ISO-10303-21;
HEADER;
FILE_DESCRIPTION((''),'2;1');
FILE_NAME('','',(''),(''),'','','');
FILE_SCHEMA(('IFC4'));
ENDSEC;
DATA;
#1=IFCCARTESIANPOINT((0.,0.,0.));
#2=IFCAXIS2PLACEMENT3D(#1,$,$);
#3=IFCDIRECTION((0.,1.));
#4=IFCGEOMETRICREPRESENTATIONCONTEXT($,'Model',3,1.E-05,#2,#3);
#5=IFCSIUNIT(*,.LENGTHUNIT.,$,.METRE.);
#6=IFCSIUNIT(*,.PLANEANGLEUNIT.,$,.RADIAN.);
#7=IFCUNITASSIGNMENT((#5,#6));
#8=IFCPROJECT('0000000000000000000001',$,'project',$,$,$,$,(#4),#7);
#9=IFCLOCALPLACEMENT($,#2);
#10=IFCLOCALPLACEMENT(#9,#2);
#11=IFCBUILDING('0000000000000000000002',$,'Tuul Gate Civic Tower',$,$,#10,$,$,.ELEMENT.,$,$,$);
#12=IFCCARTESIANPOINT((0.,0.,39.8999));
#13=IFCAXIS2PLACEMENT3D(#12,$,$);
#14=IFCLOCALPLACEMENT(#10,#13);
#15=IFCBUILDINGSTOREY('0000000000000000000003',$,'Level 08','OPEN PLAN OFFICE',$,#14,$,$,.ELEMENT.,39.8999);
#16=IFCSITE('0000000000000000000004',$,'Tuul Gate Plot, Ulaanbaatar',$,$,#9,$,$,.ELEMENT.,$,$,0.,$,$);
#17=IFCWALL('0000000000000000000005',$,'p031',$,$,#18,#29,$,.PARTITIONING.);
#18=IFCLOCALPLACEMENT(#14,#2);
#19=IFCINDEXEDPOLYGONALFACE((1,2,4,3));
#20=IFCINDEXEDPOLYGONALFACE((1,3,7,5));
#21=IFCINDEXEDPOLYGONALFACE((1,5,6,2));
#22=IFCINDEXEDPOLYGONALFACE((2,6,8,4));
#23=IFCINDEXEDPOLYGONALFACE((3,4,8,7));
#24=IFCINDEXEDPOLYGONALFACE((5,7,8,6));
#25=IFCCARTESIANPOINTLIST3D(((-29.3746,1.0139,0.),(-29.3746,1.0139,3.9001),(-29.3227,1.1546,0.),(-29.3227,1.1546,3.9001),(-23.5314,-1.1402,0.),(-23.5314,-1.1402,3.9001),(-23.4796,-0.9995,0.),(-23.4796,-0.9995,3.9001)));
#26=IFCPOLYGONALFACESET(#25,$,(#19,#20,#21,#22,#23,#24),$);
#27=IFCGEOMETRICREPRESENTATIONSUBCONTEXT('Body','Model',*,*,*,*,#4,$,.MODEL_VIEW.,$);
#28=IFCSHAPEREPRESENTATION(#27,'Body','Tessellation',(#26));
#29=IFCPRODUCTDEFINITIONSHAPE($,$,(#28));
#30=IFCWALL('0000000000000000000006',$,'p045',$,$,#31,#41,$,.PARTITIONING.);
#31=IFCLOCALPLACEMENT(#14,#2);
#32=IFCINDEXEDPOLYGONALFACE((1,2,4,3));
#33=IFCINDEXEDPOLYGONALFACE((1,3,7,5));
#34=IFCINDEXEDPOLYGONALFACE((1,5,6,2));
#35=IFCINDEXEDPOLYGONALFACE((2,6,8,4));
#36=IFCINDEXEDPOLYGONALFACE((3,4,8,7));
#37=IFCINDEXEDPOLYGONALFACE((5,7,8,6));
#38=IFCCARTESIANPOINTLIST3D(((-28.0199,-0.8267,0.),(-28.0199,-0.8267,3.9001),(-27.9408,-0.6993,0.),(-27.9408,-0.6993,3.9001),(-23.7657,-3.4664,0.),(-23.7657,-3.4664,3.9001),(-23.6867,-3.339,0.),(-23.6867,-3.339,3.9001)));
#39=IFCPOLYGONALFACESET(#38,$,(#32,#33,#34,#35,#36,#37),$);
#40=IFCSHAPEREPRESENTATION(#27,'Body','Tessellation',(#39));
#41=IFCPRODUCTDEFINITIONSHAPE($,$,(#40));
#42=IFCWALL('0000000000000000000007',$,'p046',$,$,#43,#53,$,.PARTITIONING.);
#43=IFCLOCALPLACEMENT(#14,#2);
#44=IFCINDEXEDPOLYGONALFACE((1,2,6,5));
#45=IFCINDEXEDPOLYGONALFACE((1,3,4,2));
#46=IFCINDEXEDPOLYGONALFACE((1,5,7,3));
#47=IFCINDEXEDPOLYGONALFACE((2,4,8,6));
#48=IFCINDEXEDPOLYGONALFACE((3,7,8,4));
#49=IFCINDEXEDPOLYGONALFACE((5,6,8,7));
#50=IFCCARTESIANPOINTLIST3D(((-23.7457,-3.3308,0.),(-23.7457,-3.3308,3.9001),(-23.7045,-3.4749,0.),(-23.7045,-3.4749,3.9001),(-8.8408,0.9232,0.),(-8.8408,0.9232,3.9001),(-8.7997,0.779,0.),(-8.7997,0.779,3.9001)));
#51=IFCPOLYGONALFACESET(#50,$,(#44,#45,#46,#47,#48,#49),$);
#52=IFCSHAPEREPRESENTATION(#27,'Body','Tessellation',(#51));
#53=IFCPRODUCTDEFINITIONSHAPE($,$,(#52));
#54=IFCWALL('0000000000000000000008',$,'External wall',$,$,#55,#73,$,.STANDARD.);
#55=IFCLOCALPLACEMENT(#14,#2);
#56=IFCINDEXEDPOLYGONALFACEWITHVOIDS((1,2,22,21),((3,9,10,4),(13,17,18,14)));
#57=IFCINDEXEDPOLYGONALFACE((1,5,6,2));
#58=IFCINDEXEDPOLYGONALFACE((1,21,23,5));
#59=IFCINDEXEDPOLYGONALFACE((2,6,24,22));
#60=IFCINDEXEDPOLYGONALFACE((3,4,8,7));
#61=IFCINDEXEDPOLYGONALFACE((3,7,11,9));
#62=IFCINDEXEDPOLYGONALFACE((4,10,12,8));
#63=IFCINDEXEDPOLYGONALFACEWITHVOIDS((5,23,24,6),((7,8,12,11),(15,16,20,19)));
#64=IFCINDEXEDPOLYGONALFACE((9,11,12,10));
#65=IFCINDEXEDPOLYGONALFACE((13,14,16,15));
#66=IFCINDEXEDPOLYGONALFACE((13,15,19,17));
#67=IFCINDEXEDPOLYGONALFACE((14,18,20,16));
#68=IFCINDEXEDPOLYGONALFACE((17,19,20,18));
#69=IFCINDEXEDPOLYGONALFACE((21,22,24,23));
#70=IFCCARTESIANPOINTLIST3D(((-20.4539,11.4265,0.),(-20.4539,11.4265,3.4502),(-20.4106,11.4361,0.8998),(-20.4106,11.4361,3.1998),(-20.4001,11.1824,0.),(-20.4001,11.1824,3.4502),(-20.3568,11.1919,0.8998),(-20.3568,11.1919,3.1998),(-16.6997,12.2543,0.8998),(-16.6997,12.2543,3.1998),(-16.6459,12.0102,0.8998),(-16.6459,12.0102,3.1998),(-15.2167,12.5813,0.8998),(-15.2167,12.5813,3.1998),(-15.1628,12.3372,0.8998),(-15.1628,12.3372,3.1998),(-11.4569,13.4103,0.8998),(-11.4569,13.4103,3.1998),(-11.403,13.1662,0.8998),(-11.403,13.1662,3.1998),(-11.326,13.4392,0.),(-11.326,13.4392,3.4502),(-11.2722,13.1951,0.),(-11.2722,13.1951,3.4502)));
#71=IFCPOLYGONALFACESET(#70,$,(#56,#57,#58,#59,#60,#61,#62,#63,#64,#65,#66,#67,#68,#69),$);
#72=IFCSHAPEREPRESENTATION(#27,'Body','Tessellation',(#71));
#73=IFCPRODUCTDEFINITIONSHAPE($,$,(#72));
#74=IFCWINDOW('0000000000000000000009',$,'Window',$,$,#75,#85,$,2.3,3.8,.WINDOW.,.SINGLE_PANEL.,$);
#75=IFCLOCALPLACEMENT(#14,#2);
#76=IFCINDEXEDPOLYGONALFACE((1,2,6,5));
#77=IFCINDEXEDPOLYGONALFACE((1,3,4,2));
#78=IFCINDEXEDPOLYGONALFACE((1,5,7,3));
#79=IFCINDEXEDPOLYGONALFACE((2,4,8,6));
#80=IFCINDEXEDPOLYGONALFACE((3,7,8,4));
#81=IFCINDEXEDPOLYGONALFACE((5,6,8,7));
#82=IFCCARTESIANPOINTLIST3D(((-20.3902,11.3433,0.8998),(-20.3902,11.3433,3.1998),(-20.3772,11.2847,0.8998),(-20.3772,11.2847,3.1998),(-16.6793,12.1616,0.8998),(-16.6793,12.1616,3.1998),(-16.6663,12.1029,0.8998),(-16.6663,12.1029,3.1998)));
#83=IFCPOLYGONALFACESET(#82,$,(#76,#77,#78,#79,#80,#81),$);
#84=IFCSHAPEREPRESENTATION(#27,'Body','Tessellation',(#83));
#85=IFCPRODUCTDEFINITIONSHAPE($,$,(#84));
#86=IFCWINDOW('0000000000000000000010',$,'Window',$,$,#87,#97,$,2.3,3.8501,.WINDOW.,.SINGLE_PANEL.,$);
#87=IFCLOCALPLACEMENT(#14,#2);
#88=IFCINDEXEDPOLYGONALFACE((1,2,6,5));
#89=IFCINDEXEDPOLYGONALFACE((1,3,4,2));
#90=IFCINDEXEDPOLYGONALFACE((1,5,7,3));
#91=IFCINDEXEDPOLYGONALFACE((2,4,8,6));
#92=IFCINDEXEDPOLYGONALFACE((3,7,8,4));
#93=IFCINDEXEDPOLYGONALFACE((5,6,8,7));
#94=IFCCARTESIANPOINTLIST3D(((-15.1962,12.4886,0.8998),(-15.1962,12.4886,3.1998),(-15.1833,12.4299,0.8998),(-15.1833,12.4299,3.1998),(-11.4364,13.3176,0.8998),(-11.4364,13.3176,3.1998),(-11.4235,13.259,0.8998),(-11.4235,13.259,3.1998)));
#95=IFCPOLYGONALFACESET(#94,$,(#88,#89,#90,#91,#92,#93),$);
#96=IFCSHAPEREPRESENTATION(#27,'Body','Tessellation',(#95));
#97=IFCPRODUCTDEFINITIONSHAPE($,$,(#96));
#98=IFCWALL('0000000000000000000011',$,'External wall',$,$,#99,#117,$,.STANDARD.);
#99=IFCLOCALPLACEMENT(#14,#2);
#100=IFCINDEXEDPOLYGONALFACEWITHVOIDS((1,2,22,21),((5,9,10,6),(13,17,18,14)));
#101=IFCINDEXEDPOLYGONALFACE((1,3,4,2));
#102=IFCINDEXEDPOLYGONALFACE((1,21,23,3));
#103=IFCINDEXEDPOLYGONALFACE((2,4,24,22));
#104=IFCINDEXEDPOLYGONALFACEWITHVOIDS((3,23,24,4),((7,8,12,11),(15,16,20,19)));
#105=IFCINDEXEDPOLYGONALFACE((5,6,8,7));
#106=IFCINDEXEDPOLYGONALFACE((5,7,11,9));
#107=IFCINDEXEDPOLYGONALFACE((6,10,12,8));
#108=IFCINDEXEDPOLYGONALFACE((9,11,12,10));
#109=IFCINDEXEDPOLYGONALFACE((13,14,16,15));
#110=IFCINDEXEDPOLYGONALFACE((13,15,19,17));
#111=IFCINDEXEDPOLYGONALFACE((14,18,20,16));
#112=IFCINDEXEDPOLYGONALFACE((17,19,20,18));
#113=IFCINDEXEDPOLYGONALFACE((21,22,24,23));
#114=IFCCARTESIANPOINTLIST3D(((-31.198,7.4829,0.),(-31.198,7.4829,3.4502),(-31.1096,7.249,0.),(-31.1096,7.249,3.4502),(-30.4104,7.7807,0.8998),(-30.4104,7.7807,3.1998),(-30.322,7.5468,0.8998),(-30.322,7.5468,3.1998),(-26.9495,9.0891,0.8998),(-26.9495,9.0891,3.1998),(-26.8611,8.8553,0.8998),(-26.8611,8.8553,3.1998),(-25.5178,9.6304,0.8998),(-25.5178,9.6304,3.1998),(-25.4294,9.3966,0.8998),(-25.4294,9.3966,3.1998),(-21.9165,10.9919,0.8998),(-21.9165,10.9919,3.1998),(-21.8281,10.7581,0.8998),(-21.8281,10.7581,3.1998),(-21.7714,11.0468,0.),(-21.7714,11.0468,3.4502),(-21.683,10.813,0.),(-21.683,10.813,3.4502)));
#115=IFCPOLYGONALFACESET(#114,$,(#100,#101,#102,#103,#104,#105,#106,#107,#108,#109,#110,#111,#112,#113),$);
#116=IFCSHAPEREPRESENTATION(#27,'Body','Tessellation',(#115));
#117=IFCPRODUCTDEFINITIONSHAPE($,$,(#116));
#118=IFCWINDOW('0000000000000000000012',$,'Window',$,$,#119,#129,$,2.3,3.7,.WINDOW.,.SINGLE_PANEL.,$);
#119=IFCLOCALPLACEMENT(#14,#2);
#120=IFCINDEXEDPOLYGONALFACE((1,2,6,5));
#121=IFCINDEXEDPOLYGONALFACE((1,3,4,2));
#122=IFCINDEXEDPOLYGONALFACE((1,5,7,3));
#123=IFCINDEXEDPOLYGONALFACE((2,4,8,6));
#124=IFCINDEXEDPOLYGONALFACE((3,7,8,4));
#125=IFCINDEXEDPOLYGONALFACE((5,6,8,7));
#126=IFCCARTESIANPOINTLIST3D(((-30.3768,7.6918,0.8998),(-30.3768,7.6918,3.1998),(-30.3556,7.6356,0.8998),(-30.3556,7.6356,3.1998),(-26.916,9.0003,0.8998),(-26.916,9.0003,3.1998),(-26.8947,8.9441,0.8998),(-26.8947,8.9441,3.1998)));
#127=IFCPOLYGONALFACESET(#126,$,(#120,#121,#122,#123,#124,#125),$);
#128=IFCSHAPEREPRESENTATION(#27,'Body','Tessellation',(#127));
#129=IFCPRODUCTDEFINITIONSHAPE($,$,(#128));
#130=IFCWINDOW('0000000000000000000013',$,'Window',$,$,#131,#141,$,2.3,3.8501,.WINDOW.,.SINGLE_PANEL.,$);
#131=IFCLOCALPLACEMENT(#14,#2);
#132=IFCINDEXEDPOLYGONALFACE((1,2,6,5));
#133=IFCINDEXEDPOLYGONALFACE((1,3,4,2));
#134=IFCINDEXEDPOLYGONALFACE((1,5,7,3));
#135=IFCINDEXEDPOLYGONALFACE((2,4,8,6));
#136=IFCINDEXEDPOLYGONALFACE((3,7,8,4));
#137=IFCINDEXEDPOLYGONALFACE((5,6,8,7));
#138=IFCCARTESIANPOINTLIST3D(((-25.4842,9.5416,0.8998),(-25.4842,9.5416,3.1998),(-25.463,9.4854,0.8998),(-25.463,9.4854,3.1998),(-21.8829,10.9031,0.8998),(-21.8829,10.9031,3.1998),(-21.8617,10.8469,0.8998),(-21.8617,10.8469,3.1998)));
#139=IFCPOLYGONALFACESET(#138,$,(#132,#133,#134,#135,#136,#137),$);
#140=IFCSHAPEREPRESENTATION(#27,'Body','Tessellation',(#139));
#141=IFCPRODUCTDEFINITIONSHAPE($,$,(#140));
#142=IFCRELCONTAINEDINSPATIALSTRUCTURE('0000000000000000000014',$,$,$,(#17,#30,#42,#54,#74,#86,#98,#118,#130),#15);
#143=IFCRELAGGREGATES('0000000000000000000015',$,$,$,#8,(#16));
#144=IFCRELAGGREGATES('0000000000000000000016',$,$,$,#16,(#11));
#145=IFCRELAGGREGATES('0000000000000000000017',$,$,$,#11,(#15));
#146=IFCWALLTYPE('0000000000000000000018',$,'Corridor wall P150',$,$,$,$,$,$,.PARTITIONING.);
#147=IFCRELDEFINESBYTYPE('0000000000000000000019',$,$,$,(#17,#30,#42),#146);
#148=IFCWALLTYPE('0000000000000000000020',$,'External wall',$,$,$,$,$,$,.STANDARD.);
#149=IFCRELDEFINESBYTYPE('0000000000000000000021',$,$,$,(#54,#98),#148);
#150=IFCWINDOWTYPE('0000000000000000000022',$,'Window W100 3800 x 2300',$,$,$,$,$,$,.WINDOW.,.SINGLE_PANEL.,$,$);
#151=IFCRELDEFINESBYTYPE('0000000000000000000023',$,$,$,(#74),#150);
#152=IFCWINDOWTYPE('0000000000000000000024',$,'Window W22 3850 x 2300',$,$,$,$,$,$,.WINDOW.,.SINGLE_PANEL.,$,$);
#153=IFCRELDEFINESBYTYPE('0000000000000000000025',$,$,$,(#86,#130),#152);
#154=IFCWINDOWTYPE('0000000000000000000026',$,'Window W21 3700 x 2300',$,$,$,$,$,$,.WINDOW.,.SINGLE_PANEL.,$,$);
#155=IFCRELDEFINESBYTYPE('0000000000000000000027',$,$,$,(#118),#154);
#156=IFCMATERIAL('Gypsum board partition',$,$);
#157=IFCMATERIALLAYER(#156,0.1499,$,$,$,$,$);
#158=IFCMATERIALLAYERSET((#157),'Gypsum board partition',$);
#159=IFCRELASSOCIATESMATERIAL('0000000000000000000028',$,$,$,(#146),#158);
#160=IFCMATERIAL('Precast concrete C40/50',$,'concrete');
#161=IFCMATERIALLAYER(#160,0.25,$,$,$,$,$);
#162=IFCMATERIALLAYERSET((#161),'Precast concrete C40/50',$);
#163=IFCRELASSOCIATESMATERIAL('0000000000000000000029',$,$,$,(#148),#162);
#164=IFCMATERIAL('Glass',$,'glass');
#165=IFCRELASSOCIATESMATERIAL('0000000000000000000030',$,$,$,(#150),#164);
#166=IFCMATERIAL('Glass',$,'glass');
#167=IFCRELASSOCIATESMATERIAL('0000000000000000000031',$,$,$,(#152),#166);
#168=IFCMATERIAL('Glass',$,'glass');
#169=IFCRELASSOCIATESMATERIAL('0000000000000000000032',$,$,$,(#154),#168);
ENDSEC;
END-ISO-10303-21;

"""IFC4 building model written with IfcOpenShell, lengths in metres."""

from ifc_helpers import new_model, si_unit, direction, frame, frame_2d, origin, place, context, subcontext, project, spatial, rectangle, extrude, material, layer, layer_set, type_object, element, fill, save


model = new_model("IFC4")

# Units and contexts
model_context = context("Model", 3, precision=1e-05, world=origin(), true_north=direction((0.0, 1.0)))
body_context = subcontext(model_context, "Body", "Model", "MODEL_VIEW")
ifc_project = project(units=[si_unit("LENGTHUNIT", "METRE"), si_unit("PLANEANGLEUNIT", "RADIAN")], contexts=[model_context])

# Site, building, storey
site_placement = place(None, origin())
site = spatial("IfcSite", under=ifc_project, at=site_placement, Name="Tuul Gate Plot, Ulaanbaatar", CompositionType="ELEMENT", RefElevation=0.0)
building_placement = place(site_placement, origin())
building = spatial("IfcBuilding", under=site, at=building_placement, Name="Tuul Gate Civic Tower", CompositionType="ELEMENT")
storey_placement = place(building_placement, frame((0.0, 0.0, 39.8999)))
storey = spatial("IfcBuildingStorey", under=building, at=storey_placement, Name="Level 08", Description="OPEN PLAN OFFICE", CompositionType="ELEMENT", Elevation=39.8999)

# Shared definitions
ifc_material_1 = material(Name="Gypsum board partition")
ifc_layer_1 = layer(ifc_material_1, 0.1499)
ifc_layer_set_1 = layer_set([ifc_layer_1], Name="Gypsum board partition")
wall_type_1 = type_object("IfcWallType", Name="Corridor wall P150", PredefinedType="PARTITIONING", material=ifc_layer_set_1)

# Walls
wall_1_placement = place(storey_placement, frame((-29.3486, 1.0842, 0.0), z_axis=(0.0, 0.0, 1.0), x_axis=(0.938272, -0.345898, 0.0)))
element("IfcWall", 1, at=wall_1_placement, inside=storey, type_object=wall_type_1, Name="p031", PredefinedType="PARTITIONING", context=body_context, shape_type="SweptSolid", body=[
    extrude(rectangle(XDim=6.2275, YDim=0.1499, at=frame_2d((3.1138, 0.0))), origin(), (0.0, 0.0, 1.0), 3.9001),
])
wall_2_placement = place(storey_placement, frame((-27.9805, -0.7629, 0.0), z_axis=(0.0, 0.0, 1.0), x_axis=(0.849717, -0.527239, 0.0)))
element("IfcWall", 2, at=wall_2_placement, inside=storey, type_object=wall_type_1, Name="p045", PredefinedType="PARTITIONING", context=body_context, shape_type="SweptSolid", body=[
    extrude(rectangle(XDim=5.0066, YDim=0.1499, at=frame_2d((2.5034, 0.0))), origin(), (0.0, 0.0, 1.0), 3.9001),
])
wall_3_placement = place(storey_placement, frame((-23.7251, -3.4028, 0.0), z_axis=(0.0, 0.0, 1.0), x_axis=(0.961602, 0.274447, 0.0)))
element("IfcWall", 3, at=wall_3_placement, inside=storey, type_object=wall_type_1, Name="p046", PredefinedType="PARTITIONING", context=body_context, shape_type="SweptSolid", body=[
    extrude(rectangle(XDim=15.5, YDim=0.1499, at=frame_2d((7.75, 0.0))), origin(), (0.0, 0.0, 1.0), 3.9001),
])

# Walls, openings, windows
ifc_material_2 = material(Name="Precast concrete C40/50", Category="concrete")
ifc_layer_2 = layer(ifc_material_2, 0.25)
ifc_layer_set_2 = layer_set([ifc_layer_2], Name="Precast concrete C40/50")
wall_type_2 = type_object("IfcWallType", Name="External wall", PredefinedType="STANDARD", material=ifc_layer_set_2)
wall_4_placement = place(storey_placement, frame((-11.2991, 13.3171, 0.0), z_axis=(0.0, 0.0, 1.0), x_axis=(-0.976542, -0.215326, 0.0)))
wall_4 = element("IfcWall", 4, at=wall_4_placement, inside=storey, type_object=wall_type_2, Name="External wall", PredefinedType="STANDARD", context=body_context, shape_type="SweptSolid", body=[
    extrude(rectangle(XDim=9.3472, YDim=0.25, at=frame_2d((4.6736, 0.0))), origin(), (0.0, 0.0, 1.0), 3.4502),
])
opening_1_placement = place(wall_4_placement, frame((0.134, 0.0, 0.8999)))
opening_1 = element("IfcOpeningElement", 5, at=opening_1_placement, cuts=wall_4, PredefinedType="OPENING", context=body_context, shape_type="SweptSolid", body=[
    extrude(rectangle(XDim=3.8501, YDim=2.3, at=frame_2d((1.925, 1.1499))), frame((0.0, 0.135, 0.0), z_axis=(0.0, -1.0, 0.0), x_axis=(1.0, 0.0, 0.0)), (0.0, 0.0, 1.0), 0.27),
])
opening_2_placement = place(wall_4_placement, frame((5.5029, 0.0, 0.8999)))
opening_2 = element("IfcOpeningElement", 6, at=opening_2_placement, cuts=wall_4, PredefinedType="OPENING", context=body_context, shape_type="SweptSolid", body=[
    extrude(rectangle(XDim=3.8, YDim=2.3, at=frame_2d((1.8999, 1.1499))), frame((0.0, 0.135, 0.0), z_axis=(0.0, -1.0, 0.0), x_axis=(1.0, 0.0, 0.0)), (0.0, 0.0, 1.0), 0.27),
])
ifc_material_3 = material(Name="Glass", Category="glass")
window_type_1 = type_object("IfcWindowType", Name="Window W100 3800 x 2300", PartitioningType="SINGLE_PANEL", PredefinedType="WINDOW", material=ifc_material_3)
window_1_placement = place(opening_2_placement, origin())
window_1 = element("IfcWindow", 7, at=window_1_placement, inside=storey, type_object=window_type_1, Name="Window", OverallHeight=2.3, OverallWidth=3.8, PartitioningType="SINGLE_PANEL", PredefinedType="WINDOW", context=body_context, shape_type="SweptSolid", body=[
    extrude(rectangle(XDim=3.8, YDim=2.3, at=frame_2d((1.8999, 1.1499))), frame((0.0, 0.03, 0.0), z_axis=(0.0, -1.0, 0.0), x_axis=(1.0, 0.0, 0.0)), (0.0, 0.0, 1.0), 0.0601),
])
fill(opening_2, window_1)
ifc_material_4 = material(Name="Glass", Category="glass")
window_type_2 = type_object("IfcWindowType", Name="Window W22 3850 x 2300", PartitioningType="SINGLE_PANEL", PredefinedType="WINDOW", material=ifc_material_4)
window_2_placement = place(opening_1_placement, origin())
window_2 = element("IfcWindow", 8, at=window_2_placement, inside=storey, type_object=window_type_2, Name="Window", OverallHeight=2.3, OverallWidth=3.8501, PartitioningType="SINGLE_PANEL", PredefinedType="WINDOW", context=body_context, shape_type="SweptSolid", body=[
    extrude(rectangle(XDim=3.8501, YDim=2.3, at=frame_2d((1.925, 1.1499))), frame((0.0, 0.03, 0.0), z_axis=(0.0, -1.0, 0.0), x_axis=(1.0, 0.0, 0.0)), (0.0, 0.0, 1.0), 0.0601),
])
fill(opening_1, window_2)
wall_5_placement = place(storey_placement, frame((-21.7271, 10.9299, 0.0), z_axis=(0.0, 0.0, 1.0), x_axis=(-0.935382, -0.353639, 0.0)))
wall_5 = element("IfcWall", 9, at=wall_5_placement, inside=storey, type_object=wall_type_2, Name="External wall", PredefinedType="STANDARD", context=body_context, shape_type="SweptSolid", body=[
    extrude(rectangle(XDim=10.0779, YDim=0.25, at=frame_2d((5.0391, 0.0))), origin(), (0.0, 0.0, 1.0), 3.4502),
])
opening_3_placement = place(wall_5_placement, frame((0.1553, 0.0, 0.8999)))
opening_3 = element("IfcOpeningElement", 10, at=opening_3_placement, cuts=wall_5, PredefinedType="OPENING", context=body_context, shape_type="SweptSolid", body=[
    extrude(rectangle(XDim=3.8501, YDim=2.3, at=frame_2d((1.925, 1.1499))), frame((0.0, 0.135, 0.0), z_axis=(0.0, -1.0, 0.0), x_axis=(1.0, 0.0, 0.0)), (0.0, 0.0, 1.0), 0.27),
])
opening_4_placement = place(wall_5_placement, frame((5.5359, 0.0, 0.8999)))
opening_4 = element("IfcOpeningElement", 11, at=opening_4_placement, cuts=wall_5, PredefinedType="OPENING", context=body_context, shape_type="SweptSolid", body=[
    extrude(rectangle(XDim=3.7, YDim=2.3, at=frame_2d((1.8501, 1.1499))), frame((0.0, 0.135, 0.0), z_axis=(0.0, -1.0, 0.0), x_axis=(1.0, 0.0, 0.0)), (0.0, 0.0, 1.0), 0.27),
])
ifc_material_5 = material(Name="Glass", Category="glass")
window_type_3 = type_object("IfcWindowType", Name="Window W21 3700 x 2300", PartitioningType="SINGLE_PANEL", PredefinedType="WINDOW", material=ifc_material_5)
window_3_placement = place(opening_4_placement, origin())
window_3 = element("IfcWindow", 12, at=window_3_placement, inside=storey, type_object=window_type_3, Name="Window", OverallHeight=2.3, OverallWidth=3.7, PartitioningType="SINGLE_PANEL", PredefinedType="WINDOW", context=body_context, shape_type="SweptSolid", body=[
    extrude(rectangle(XDim=3.7, YDim=2.3, at=frame_2d((1.8501, 1.1499))), frame((0.0, 0.03, 0.0), z_axis=(0.0, -1.0, 0.0), x_axis=(1.0, 0.0, 0.0)), (0.0, 0.0, 1.0), 0.0601),
])
fill(opening_4, window_3)
window_4_placement = place(opening_3_placement, origin())
window_4 = element("IfcWindow", 13, at=window_4_placement, inside=storey, type_object=window_type_2, Name="Window", OverallHeight=2.3, OverallWidth=3.8501, PartitioningType="SINGLE_PANEL", PredefinedType="WINDOW", context=body_context, shape_type="SweptSolid", body=[
    extrude(rectangle(XDim=3.8501, YDim=2.3, at=frame_2d((1.925, 1.1499))), frame((0.0, 0.03, 0.0), z_axis=(0.0, -1.0, 0.0), x_axis=(1.0, 0.0, 0.0)), (0.0, 0.0, 1.0), 0.0601),
])
fill(opening_3, window_4)

save(model, "model.ifc")
